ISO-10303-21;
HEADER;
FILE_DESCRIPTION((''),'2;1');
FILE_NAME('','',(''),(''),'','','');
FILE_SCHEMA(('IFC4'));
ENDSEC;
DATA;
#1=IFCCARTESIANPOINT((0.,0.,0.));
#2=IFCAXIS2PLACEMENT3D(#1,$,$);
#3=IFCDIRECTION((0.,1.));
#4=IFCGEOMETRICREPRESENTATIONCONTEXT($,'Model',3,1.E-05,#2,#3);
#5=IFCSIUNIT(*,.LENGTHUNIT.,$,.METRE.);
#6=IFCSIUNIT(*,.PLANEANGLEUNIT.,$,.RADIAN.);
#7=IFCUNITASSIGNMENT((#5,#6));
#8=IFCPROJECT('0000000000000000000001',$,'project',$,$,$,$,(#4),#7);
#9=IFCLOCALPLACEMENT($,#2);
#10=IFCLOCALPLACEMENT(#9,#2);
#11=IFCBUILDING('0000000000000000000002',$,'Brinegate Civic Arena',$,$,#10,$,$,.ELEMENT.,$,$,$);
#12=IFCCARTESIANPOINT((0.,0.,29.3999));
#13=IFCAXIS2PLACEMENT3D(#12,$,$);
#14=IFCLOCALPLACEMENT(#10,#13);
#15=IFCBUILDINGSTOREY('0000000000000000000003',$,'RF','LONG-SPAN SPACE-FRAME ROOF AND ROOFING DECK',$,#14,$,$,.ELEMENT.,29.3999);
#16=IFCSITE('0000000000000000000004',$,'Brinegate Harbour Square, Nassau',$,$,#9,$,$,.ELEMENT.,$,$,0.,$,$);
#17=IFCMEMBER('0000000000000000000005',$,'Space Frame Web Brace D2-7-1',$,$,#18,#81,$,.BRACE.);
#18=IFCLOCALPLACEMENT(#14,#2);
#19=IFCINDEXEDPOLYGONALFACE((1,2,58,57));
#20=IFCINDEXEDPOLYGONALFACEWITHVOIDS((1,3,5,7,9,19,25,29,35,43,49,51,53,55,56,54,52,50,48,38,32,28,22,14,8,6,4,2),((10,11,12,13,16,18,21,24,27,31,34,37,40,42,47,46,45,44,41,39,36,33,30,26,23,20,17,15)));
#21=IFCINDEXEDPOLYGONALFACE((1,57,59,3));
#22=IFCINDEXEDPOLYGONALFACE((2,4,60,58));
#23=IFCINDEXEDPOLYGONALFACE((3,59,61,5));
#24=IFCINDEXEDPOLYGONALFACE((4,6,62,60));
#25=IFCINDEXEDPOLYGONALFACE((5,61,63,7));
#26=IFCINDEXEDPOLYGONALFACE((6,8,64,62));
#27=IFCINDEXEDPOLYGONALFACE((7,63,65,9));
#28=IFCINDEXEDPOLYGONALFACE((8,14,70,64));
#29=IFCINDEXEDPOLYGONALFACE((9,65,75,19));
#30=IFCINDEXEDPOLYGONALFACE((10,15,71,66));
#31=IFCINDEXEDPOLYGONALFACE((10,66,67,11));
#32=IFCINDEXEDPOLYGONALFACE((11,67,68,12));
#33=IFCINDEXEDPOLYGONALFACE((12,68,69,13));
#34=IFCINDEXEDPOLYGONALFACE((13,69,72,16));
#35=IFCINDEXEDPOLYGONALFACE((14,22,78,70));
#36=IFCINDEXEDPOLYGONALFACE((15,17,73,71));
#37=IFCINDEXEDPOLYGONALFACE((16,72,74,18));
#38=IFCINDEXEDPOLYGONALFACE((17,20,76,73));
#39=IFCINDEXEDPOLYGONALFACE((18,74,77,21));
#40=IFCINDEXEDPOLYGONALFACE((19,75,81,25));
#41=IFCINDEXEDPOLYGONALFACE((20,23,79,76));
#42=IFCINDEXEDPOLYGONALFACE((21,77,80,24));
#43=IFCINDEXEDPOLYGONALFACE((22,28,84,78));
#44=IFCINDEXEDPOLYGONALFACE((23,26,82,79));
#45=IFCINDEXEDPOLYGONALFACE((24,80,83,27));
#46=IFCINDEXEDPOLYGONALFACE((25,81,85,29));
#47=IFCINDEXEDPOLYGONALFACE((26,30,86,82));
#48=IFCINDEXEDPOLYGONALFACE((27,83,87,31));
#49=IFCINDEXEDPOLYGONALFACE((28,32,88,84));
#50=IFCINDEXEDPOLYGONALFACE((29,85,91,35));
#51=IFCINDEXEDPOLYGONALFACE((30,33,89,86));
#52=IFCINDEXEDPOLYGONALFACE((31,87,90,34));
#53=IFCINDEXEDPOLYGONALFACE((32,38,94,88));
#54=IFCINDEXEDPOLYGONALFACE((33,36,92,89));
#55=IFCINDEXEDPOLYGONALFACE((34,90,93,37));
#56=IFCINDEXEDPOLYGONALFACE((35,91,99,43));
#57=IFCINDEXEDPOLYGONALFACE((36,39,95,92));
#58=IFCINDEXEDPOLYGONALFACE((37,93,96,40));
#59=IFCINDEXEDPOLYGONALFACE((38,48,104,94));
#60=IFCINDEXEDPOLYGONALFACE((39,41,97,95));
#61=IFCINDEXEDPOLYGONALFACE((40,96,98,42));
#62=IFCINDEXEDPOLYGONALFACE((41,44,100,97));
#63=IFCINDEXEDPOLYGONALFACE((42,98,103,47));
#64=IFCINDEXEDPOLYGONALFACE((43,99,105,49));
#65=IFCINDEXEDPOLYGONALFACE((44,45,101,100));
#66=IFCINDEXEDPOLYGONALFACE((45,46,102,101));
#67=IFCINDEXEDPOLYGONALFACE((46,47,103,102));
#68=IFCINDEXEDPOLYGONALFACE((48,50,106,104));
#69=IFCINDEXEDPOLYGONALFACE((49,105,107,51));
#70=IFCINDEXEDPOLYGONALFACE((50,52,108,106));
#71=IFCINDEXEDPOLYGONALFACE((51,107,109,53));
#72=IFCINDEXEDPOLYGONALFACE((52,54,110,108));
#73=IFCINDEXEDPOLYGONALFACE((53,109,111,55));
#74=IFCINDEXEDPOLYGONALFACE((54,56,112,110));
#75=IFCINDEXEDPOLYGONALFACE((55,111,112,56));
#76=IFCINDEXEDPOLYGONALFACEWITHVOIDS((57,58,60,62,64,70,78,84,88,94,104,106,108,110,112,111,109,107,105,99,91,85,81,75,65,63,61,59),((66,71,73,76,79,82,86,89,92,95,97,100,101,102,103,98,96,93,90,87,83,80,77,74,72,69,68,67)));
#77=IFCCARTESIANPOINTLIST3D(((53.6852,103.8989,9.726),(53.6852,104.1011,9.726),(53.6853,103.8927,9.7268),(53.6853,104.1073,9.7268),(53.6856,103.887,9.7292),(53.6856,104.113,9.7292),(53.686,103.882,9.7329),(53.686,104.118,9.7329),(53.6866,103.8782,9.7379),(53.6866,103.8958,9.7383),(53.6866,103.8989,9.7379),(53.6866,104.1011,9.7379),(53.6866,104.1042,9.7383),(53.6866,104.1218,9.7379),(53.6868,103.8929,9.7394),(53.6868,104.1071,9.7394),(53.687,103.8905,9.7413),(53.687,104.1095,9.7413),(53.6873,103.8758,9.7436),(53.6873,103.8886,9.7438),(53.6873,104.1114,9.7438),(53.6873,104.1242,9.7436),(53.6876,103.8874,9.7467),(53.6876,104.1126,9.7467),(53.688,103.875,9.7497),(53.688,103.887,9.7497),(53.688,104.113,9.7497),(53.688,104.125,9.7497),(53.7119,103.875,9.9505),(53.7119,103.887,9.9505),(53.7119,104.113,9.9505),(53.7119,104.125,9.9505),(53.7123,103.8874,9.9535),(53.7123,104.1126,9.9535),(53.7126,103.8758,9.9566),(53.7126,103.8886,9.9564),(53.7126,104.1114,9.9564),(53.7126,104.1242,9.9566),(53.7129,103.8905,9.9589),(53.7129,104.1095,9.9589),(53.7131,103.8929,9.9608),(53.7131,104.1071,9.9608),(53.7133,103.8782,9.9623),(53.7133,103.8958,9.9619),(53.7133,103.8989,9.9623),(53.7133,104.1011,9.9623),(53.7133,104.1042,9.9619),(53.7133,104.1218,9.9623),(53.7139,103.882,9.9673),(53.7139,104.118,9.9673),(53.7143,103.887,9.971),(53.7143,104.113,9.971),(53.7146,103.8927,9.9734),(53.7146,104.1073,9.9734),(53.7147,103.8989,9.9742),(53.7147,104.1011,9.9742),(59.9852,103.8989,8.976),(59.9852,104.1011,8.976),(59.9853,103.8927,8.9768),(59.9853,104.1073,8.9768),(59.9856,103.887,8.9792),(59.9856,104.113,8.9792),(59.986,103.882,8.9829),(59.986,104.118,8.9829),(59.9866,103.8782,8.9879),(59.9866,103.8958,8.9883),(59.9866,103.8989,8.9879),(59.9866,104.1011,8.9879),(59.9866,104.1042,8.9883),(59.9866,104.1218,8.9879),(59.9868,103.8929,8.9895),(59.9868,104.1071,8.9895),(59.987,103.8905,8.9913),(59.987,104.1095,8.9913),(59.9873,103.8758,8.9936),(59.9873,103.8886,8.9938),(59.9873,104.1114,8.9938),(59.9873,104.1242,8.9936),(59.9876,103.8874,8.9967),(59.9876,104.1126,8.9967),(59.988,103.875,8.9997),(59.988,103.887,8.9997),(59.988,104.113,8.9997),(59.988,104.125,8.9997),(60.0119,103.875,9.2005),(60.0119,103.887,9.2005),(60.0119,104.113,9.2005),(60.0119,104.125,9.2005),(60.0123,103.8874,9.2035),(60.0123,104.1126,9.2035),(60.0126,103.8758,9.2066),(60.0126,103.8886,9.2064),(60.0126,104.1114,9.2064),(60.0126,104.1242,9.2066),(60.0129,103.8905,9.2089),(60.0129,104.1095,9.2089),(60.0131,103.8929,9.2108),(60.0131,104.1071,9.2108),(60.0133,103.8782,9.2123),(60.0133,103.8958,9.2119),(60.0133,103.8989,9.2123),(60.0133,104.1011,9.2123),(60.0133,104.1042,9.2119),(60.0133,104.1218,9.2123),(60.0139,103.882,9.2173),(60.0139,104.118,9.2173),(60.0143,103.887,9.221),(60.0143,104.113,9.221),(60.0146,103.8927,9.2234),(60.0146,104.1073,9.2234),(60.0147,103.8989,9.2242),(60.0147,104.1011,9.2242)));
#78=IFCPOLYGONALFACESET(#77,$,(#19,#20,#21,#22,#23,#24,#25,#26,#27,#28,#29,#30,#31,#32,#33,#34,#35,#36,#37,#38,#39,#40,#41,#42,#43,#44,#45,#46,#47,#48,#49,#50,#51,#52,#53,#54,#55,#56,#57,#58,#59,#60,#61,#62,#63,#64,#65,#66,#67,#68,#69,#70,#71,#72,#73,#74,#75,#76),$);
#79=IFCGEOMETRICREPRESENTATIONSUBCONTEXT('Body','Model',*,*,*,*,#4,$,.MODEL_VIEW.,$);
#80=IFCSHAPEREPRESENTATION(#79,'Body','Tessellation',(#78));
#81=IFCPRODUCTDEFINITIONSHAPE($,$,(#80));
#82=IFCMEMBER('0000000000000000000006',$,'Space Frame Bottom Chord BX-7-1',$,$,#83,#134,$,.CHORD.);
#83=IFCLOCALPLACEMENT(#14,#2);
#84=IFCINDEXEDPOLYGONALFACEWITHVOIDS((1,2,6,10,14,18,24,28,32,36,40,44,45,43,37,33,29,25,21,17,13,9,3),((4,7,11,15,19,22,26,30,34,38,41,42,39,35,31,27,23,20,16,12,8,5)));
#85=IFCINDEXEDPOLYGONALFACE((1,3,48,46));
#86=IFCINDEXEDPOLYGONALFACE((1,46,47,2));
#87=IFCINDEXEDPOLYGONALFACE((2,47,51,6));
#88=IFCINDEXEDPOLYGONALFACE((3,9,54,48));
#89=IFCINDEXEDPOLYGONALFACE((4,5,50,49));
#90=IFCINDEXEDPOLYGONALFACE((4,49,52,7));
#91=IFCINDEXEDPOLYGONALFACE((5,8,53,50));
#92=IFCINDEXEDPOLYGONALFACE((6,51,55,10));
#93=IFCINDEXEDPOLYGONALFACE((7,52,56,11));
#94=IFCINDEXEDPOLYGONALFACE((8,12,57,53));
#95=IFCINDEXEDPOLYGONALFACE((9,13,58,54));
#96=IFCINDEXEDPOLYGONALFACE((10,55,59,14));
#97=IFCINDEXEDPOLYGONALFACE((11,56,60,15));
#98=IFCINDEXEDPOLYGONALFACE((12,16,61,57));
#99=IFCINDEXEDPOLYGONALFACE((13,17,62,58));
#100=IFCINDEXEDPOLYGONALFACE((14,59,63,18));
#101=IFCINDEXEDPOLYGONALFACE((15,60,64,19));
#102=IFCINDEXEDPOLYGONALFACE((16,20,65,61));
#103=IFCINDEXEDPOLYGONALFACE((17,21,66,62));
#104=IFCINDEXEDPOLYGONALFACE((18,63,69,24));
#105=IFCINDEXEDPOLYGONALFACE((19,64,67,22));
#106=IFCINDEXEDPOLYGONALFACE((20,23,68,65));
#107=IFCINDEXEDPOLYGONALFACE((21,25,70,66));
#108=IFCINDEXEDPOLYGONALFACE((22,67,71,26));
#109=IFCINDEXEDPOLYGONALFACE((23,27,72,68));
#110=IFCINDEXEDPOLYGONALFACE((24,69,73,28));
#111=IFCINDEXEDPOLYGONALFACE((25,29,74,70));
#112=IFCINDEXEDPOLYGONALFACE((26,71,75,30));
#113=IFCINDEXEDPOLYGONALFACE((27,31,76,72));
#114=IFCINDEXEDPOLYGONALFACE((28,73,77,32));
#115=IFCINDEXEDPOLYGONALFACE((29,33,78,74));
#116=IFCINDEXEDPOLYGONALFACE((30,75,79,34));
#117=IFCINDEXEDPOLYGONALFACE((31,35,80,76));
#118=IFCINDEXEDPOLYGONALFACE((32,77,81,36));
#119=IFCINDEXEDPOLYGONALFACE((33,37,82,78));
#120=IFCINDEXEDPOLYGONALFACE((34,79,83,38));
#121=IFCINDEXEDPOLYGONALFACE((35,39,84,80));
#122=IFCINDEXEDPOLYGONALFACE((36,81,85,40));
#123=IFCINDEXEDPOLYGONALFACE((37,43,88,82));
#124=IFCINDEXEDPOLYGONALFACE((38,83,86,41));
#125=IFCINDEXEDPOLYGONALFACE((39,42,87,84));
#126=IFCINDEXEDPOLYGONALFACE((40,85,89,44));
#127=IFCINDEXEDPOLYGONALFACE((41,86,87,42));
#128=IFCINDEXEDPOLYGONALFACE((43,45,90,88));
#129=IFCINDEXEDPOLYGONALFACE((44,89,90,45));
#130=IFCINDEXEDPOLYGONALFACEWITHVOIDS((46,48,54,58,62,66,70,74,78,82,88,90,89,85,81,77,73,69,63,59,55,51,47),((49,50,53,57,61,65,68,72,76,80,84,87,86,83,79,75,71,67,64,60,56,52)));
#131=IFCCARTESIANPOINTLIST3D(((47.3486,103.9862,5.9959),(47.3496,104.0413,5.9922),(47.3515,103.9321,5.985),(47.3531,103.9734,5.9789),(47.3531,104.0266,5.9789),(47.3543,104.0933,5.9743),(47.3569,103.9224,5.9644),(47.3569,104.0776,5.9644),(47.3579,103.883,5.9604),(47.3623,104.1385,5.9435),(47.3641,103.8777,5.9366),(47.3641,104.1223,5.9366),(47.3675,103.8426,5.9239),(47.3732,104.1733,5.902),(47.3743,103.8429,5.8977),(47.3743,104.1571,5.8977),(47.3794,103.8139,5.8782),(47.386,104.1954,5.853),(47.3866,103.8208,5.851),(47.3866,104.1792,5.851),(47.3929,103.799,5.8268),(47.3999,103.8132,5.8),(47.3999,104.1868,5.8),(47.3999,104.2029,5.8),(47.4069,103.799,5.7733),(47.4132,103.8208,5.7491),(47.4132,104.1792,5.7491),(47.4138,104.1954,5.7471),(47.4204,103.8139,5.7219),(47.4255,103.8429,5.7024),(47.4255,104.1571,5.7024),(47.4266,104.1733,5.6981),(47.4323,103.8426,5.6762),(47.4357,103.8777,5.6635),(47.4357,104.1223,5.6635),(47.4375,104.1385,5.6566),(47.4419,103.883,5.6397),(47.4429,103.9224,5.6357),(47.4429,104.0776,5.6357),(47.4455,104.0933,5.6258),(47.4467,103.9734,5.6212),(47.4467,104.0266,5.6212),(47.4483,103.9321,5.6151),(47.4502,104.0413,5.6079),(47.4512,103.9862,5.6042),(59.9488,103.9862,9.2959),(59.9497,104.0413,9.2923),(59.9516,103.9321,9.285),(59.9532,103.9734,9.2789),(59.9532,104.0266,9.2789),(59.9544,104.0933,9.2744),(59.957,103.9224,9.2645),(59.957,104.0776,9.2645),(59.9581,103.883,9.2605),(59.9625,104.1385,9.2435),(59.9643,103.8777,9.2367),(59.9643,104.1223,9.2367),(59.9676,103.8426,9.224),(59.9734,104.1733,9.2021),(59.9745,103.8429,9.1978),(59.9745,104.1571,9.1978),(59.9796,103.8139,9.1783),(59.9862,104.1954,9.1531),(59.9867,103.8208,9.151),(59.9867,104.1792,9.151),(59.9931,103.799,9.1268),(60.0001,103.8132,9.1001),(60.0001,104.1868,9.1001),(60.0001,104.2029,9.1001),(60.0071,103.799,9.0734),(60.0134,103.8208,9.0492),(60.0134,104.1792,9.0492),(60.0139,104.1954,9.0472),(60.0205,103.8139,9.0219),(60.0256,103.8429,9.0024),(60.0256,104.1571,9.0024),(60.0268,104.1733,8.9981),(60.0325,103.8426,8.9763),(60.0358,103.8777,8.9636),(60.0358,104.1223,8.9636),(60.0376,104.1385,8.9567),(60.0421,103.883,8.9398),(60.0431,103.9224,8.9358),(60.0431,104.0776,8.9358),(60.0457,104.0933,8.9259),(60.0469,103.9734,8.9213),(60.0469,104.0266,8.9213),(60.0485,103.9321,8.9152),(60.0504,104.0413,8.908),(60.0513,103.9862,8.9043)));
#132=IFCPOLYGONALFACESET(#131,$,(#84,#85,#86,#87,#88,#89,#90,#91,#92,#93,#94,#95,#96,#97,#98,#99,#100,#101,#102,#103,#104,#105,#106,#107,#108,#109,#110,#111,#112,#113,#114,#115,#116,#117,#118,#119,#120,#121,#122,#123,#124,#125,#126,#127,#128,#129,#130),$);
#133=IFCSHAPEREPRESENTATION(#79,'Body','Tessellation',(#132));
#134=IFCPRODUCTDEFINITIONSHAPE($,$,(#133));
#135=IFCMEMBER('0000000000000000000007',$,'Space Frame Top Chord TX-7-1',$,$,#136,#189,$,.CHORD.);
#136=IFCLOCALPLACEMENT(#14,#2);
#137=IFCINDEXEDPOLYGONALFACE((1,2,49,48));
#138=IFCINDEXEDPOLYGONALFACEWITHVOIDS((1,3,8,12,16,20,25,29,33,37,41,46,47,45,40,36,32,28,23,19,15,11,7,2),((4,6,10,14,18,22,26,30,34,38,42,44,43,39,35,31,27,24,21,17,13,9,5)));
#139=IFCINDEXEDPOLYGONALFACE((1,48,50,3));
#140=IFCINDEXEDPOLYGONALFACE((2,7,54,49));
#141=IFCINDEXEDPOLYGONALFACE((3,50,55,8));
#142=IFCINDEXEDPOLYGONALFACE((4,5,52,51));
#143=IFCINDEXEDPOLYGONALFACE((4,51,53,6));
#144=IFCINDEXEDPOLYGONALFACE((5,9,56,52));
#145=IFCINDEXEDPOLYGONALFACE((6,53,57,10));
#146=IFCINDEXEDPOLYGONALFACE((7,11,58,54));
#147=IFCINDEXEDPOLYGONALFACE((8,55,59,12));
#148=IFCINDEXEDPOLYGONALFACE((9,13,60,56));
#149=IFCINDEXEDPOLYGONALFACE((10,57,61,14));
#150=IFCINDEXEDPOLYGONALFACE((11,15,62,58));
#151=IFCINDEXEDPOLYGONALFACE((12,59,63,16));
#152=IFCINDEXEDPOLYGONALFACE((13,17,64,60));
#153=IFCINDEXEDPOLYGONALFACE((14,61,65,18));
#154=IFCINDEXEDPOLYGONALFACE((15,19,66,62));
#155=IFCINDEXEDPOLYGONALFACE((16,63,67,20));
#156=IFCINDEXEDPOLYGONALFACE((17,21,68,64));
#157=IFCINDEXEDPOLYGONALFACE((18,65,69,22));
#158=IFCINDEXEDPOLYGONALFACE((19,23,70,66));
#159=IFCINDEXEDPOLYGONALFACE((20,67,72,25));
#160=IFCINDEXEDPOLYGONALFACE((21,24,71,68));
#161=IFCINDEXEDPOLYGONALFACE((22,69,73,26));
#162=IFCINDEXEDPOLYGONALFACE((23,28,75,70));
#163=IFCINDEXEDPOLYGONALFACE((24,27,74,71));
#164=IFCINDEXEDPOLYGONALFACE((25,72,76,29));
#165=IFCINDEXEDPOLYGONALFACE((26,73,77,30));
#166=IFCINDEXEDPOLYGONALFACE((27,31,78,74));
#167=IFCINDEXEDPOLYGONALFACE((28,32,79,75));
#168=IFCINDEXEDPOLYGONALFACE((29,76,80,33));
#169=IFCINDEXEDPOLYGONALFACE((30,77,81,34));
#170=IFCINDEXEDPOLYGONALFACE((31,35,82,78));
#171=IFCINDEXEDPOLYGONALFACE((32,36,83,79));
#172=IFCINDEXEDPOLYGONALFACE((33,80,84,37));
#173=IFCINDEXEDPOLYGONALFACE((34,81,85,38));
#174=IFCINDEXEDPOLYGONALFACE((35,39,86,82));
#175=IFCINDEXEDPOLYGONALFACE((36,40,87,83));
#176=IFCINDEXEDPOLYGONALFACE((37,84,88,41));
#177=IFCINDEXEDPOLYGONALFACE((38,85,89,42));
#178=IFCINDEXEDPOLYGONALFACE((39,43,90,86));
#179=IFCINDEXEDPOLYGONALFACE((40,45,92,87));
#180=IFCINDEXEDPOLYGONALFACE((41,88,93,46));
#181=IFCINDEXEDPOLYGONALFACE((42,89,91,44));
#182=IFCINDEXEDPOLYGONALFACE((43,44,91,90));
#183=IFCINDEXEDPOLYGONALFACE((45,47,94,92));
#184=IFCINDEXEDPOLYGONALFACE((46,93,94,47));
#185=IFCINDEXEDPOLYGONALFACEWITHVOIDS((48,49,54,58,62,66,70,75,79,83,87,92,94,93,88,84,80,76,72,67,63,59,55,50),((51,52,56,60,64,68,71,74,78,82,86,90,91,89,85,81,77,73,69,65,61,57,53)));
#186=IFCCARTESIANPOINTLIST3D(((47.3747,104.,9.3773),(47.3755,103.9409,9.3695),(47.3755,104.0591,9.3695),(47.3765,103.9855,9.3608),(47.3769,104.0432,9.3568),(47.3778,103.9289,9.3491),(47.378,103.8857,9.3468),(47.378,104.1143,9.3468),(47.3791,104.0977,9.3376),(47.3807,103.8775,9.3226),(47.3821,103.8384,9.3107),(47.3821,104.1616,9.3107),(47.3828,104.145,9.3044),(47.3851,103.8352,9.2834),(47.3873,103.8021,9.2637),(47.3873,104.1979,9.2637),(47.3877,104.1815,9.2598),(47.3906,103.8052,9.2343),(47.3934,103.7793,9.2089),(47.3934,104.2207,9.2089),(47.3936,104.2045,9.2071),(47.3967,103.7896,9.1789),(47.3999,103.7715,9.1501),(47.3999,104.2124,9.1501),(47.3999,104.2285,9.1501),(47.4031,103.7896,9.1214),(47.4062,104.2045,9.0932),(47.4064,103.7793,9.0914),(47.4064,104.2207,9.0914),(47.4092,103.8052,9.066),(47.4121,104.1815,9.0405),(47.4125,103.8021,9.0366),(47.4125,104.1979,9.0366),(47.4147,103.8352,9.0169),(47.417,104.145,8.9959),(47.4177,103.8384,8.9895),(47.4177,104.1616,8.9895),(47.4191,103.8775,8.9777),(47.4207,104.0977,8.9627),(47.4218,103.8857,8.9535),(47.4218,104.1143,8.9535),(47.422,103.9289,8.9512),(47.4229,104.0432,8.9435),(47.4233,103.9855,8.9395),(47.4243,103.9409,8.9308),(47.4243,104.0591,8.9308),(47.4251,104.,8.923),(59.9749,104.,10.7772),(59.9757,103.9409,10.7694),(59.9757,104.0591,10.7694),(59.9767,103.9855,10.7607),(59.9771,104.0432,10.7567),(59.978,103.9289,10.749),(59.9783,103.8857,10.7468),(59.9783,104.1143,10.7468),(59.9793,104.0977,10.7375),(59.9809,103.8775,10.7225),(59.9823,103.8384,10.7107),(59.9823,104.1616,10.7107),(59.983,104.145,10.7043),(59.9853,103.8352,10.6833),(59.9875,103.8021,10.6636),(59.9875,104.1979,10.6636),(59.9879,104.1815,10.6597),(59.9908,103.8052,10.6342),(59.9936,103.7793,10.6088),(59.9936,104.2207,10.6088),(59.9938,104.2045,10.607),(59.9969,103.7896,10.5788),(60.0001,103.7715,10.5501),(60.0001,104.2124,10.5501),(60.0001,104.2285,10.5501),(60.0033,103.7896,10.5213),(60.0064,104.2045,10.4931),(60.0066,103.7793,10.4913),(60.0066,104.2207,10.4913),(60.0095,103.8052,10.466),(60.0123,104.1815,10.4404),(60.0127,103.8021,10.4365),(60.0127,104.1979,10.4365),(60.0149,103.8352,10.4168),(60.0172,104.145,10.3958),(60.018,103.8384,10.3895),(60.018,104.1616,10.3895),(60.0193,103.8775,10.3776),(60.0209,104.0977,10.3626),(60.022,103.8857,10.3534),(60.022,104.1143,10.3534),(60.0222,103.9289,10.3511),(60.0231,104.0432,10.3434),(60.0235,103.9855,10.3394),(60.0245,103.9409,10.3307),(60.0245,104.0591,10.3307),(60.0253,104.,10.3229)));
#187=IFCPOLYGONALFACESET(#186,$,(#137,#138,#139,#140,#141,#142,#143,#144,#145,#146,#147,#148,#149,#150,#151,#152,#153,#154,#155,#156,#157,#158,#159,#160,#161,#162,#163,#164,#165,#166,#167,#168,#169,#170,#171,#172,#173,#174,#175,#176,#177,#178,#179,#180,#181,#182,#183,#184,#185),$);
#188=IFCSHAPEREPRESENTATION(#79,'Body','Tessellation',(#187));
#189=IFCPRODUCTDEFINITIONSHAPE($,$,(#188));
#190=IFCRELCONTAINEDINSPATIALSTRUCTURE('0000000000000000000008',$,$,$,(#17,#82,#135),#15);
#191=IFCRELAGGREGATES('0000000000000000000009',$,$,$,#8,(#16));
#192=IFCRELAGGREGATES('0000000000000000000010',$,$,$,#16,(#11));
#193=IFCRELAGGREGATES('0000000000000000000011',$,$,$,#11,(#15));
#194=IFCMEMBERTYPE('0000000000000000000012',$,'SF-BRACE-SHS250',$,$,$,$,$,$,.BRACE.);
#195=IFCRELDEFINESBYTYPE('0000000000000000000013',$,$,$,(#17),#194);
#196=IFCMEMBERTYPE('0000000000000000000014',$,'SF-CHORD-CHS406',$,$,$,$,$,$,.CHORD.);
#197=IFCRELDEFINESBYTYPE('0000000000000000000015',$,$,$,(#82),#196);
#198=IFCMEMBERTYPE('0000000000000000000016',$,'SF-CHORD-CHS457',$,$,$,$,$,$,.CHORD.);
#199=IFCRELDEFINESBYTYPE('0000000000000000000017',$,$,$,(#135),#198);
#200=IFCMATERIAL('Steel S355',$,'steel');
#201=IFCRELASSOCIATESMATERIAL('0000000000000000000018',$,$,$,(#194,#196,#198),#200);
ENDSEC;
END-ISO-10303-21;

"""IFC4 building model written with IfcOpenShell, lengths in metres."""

from ifc_helpers import new_model, si_unit, direction, frame, origin, origin_2d, place, context, subcontext, project, spatial, hollow_rectangle, hollow_circle, extrude, material, material_profile, profile_set, type_object, element, save


model = new_model("IFC4")

# Units and contexts
model_context = context("Model", 3, precision=1e-05, world=origin(), true_north=direction((0.0, 1.0)))
body_context = subcontext(model_context, "Body", "Model", "MODEL_VIEW")
ifc_project = project(units=[si_unit("LENGTHUNIT", "METRE"), si_unit("PLANEANGLEUNIT", "RADIAN")], contexts=[model_context])

# Site, building, storey
site_placement = place(None, origin())
site = spatial("IfcSite", under=ifc_project, at=site_placement, Name="Brinegate Harbour Square, Nassau", CompositionType="ELEMENT", RefElevation=0.0)
building_placement = place(site_placement, origin())
building = spatial("IfcBuilding", under=site, at=building_placement, Name="Brinegate Civic Arena", CompositionType="ELEMENT")
storey_placement = place(building_placement, frame((0.0, 0.0, 29.3999)))
storey = spatial("IfcBuildingStorey", under=building, at=storey_placement, Name="RF", Description="LONG-SPAN SPACE-FRAME ROOF AND ROOFING DECK", CompositionType="ELEMENT", Elevation=29.3999)

# Shared definitions
ifc_material_1 = material(Name="Steel S355", Category="steel")

# Members
ifc_material_profile_1 = material_profile(ifc_material_1, hollow_rectangle(XDim=0.25, YDim=0.25, WallThickness=0.012, InnerFilletRadius=0.012, OuterFilletRadius=0.0239, at=origin_2d()), Name="SHS250X12")
ifc_profile_set_1 = profile_set([ifc_material_profile_1], Name="Steel S355")
member_type_1 = type_object("IfcMemberType", Name="SF-BRACE-SHS250", PredefinedType="BRACE", material=ifc_profile_set_1)
member_1_placement = place(storey_placement, frame((53.7, 104.0, 9.8501), z_axis=(0.992988, 0.0, -0.118212), x_axis=(0.0, 1.0, 0.0)))
element("IfcMember", 1, at=member_1_placement, inside=storey, type_object=member_type_1, Name="Space Frame Web Brace D2-7-1", PredefinedType="BRACE", context=body_context, shape_type="SweptSolid", body=[
    extrude(hollow_rectangle(XDim=0.25, YDim=0.25, WallThickness=0.012, InnerFilletRadius=0.012, OuterFilletRadius=0.0239, at=origin_2d()), origin(), (0.0, 0.0, 1.0), 6.3445),
])
ifc_material_profile_2 = material_profile(ifc_material_1, hollow_circle(Radius=0.2029, WallThickness=0.0161, at=origin_2d()), Name="CHS406X16")
ifc_profile_set_2 = profile_set([ifc_material_profile_2], Name="Steel S355")
member_type_2 = type_object("IfcMemberType", Name="SF-CHORD-CHS406", PredefinedType="CHORD", material=ifc_profile_set_2)
member_2_placement = place(storey_placement, frame((47.3999, 104.0, 5.8), z_axis=(0.967372, 0.0, 0.253361), x_axis=(0.0, 1.0, 0.0)))
element("IfcMember", 2, at=member_2_placement, inside=storey, type_object=member_type_2, Name="Space Frame Bottom Chord BX-7-1", PredefinedType="CHORD", context=body_context, shape_type="SweptSolid", body=[
    extrude(hollow_circle(Radius=0.2029, WallThickness=0.0161, at=origin_2d()), origin(), (0.0, 0.0, 1.0), 13.0251),
])
ifc_material_profile_3 = material_profile(ifc_material_1, hollow_circle(Radius=0.2285, WallThickness=0.0161, at=origin_2d()), Name="CHS457X16")
ifc_profile_set_3 = profile_set([ifc_material_profile_3], Name="Steel S355")
member_type_3 = type_object("IfcMemberType", Name="SF-CHORD-CHS457", PredefinedType="CHORD", material=ifc_profile_set_3)
member_3_placement = place(storey_placement, frame((47.3999, 104.0, 9.1501), z_axis=(0.993885, 0.0, 0.110423), x_axis=(0.0, 1.0, 0.0)))
element("IfcMember", 3, at=member_3_placement, inside=storey, type_object=member_type_3, Name="Space Frame Top Chord TX-7-1", PredefinedType="CHORD", context=body_context, shape_type="SweptSolid", body=[
    extrude(hollow_circle(Radius=0.2285, WallThickness=0.0161, at=origin_2d()), origin(), (0.0, 0.0, 1.0), 12.6777),
])

save(model, "model.ifc")
